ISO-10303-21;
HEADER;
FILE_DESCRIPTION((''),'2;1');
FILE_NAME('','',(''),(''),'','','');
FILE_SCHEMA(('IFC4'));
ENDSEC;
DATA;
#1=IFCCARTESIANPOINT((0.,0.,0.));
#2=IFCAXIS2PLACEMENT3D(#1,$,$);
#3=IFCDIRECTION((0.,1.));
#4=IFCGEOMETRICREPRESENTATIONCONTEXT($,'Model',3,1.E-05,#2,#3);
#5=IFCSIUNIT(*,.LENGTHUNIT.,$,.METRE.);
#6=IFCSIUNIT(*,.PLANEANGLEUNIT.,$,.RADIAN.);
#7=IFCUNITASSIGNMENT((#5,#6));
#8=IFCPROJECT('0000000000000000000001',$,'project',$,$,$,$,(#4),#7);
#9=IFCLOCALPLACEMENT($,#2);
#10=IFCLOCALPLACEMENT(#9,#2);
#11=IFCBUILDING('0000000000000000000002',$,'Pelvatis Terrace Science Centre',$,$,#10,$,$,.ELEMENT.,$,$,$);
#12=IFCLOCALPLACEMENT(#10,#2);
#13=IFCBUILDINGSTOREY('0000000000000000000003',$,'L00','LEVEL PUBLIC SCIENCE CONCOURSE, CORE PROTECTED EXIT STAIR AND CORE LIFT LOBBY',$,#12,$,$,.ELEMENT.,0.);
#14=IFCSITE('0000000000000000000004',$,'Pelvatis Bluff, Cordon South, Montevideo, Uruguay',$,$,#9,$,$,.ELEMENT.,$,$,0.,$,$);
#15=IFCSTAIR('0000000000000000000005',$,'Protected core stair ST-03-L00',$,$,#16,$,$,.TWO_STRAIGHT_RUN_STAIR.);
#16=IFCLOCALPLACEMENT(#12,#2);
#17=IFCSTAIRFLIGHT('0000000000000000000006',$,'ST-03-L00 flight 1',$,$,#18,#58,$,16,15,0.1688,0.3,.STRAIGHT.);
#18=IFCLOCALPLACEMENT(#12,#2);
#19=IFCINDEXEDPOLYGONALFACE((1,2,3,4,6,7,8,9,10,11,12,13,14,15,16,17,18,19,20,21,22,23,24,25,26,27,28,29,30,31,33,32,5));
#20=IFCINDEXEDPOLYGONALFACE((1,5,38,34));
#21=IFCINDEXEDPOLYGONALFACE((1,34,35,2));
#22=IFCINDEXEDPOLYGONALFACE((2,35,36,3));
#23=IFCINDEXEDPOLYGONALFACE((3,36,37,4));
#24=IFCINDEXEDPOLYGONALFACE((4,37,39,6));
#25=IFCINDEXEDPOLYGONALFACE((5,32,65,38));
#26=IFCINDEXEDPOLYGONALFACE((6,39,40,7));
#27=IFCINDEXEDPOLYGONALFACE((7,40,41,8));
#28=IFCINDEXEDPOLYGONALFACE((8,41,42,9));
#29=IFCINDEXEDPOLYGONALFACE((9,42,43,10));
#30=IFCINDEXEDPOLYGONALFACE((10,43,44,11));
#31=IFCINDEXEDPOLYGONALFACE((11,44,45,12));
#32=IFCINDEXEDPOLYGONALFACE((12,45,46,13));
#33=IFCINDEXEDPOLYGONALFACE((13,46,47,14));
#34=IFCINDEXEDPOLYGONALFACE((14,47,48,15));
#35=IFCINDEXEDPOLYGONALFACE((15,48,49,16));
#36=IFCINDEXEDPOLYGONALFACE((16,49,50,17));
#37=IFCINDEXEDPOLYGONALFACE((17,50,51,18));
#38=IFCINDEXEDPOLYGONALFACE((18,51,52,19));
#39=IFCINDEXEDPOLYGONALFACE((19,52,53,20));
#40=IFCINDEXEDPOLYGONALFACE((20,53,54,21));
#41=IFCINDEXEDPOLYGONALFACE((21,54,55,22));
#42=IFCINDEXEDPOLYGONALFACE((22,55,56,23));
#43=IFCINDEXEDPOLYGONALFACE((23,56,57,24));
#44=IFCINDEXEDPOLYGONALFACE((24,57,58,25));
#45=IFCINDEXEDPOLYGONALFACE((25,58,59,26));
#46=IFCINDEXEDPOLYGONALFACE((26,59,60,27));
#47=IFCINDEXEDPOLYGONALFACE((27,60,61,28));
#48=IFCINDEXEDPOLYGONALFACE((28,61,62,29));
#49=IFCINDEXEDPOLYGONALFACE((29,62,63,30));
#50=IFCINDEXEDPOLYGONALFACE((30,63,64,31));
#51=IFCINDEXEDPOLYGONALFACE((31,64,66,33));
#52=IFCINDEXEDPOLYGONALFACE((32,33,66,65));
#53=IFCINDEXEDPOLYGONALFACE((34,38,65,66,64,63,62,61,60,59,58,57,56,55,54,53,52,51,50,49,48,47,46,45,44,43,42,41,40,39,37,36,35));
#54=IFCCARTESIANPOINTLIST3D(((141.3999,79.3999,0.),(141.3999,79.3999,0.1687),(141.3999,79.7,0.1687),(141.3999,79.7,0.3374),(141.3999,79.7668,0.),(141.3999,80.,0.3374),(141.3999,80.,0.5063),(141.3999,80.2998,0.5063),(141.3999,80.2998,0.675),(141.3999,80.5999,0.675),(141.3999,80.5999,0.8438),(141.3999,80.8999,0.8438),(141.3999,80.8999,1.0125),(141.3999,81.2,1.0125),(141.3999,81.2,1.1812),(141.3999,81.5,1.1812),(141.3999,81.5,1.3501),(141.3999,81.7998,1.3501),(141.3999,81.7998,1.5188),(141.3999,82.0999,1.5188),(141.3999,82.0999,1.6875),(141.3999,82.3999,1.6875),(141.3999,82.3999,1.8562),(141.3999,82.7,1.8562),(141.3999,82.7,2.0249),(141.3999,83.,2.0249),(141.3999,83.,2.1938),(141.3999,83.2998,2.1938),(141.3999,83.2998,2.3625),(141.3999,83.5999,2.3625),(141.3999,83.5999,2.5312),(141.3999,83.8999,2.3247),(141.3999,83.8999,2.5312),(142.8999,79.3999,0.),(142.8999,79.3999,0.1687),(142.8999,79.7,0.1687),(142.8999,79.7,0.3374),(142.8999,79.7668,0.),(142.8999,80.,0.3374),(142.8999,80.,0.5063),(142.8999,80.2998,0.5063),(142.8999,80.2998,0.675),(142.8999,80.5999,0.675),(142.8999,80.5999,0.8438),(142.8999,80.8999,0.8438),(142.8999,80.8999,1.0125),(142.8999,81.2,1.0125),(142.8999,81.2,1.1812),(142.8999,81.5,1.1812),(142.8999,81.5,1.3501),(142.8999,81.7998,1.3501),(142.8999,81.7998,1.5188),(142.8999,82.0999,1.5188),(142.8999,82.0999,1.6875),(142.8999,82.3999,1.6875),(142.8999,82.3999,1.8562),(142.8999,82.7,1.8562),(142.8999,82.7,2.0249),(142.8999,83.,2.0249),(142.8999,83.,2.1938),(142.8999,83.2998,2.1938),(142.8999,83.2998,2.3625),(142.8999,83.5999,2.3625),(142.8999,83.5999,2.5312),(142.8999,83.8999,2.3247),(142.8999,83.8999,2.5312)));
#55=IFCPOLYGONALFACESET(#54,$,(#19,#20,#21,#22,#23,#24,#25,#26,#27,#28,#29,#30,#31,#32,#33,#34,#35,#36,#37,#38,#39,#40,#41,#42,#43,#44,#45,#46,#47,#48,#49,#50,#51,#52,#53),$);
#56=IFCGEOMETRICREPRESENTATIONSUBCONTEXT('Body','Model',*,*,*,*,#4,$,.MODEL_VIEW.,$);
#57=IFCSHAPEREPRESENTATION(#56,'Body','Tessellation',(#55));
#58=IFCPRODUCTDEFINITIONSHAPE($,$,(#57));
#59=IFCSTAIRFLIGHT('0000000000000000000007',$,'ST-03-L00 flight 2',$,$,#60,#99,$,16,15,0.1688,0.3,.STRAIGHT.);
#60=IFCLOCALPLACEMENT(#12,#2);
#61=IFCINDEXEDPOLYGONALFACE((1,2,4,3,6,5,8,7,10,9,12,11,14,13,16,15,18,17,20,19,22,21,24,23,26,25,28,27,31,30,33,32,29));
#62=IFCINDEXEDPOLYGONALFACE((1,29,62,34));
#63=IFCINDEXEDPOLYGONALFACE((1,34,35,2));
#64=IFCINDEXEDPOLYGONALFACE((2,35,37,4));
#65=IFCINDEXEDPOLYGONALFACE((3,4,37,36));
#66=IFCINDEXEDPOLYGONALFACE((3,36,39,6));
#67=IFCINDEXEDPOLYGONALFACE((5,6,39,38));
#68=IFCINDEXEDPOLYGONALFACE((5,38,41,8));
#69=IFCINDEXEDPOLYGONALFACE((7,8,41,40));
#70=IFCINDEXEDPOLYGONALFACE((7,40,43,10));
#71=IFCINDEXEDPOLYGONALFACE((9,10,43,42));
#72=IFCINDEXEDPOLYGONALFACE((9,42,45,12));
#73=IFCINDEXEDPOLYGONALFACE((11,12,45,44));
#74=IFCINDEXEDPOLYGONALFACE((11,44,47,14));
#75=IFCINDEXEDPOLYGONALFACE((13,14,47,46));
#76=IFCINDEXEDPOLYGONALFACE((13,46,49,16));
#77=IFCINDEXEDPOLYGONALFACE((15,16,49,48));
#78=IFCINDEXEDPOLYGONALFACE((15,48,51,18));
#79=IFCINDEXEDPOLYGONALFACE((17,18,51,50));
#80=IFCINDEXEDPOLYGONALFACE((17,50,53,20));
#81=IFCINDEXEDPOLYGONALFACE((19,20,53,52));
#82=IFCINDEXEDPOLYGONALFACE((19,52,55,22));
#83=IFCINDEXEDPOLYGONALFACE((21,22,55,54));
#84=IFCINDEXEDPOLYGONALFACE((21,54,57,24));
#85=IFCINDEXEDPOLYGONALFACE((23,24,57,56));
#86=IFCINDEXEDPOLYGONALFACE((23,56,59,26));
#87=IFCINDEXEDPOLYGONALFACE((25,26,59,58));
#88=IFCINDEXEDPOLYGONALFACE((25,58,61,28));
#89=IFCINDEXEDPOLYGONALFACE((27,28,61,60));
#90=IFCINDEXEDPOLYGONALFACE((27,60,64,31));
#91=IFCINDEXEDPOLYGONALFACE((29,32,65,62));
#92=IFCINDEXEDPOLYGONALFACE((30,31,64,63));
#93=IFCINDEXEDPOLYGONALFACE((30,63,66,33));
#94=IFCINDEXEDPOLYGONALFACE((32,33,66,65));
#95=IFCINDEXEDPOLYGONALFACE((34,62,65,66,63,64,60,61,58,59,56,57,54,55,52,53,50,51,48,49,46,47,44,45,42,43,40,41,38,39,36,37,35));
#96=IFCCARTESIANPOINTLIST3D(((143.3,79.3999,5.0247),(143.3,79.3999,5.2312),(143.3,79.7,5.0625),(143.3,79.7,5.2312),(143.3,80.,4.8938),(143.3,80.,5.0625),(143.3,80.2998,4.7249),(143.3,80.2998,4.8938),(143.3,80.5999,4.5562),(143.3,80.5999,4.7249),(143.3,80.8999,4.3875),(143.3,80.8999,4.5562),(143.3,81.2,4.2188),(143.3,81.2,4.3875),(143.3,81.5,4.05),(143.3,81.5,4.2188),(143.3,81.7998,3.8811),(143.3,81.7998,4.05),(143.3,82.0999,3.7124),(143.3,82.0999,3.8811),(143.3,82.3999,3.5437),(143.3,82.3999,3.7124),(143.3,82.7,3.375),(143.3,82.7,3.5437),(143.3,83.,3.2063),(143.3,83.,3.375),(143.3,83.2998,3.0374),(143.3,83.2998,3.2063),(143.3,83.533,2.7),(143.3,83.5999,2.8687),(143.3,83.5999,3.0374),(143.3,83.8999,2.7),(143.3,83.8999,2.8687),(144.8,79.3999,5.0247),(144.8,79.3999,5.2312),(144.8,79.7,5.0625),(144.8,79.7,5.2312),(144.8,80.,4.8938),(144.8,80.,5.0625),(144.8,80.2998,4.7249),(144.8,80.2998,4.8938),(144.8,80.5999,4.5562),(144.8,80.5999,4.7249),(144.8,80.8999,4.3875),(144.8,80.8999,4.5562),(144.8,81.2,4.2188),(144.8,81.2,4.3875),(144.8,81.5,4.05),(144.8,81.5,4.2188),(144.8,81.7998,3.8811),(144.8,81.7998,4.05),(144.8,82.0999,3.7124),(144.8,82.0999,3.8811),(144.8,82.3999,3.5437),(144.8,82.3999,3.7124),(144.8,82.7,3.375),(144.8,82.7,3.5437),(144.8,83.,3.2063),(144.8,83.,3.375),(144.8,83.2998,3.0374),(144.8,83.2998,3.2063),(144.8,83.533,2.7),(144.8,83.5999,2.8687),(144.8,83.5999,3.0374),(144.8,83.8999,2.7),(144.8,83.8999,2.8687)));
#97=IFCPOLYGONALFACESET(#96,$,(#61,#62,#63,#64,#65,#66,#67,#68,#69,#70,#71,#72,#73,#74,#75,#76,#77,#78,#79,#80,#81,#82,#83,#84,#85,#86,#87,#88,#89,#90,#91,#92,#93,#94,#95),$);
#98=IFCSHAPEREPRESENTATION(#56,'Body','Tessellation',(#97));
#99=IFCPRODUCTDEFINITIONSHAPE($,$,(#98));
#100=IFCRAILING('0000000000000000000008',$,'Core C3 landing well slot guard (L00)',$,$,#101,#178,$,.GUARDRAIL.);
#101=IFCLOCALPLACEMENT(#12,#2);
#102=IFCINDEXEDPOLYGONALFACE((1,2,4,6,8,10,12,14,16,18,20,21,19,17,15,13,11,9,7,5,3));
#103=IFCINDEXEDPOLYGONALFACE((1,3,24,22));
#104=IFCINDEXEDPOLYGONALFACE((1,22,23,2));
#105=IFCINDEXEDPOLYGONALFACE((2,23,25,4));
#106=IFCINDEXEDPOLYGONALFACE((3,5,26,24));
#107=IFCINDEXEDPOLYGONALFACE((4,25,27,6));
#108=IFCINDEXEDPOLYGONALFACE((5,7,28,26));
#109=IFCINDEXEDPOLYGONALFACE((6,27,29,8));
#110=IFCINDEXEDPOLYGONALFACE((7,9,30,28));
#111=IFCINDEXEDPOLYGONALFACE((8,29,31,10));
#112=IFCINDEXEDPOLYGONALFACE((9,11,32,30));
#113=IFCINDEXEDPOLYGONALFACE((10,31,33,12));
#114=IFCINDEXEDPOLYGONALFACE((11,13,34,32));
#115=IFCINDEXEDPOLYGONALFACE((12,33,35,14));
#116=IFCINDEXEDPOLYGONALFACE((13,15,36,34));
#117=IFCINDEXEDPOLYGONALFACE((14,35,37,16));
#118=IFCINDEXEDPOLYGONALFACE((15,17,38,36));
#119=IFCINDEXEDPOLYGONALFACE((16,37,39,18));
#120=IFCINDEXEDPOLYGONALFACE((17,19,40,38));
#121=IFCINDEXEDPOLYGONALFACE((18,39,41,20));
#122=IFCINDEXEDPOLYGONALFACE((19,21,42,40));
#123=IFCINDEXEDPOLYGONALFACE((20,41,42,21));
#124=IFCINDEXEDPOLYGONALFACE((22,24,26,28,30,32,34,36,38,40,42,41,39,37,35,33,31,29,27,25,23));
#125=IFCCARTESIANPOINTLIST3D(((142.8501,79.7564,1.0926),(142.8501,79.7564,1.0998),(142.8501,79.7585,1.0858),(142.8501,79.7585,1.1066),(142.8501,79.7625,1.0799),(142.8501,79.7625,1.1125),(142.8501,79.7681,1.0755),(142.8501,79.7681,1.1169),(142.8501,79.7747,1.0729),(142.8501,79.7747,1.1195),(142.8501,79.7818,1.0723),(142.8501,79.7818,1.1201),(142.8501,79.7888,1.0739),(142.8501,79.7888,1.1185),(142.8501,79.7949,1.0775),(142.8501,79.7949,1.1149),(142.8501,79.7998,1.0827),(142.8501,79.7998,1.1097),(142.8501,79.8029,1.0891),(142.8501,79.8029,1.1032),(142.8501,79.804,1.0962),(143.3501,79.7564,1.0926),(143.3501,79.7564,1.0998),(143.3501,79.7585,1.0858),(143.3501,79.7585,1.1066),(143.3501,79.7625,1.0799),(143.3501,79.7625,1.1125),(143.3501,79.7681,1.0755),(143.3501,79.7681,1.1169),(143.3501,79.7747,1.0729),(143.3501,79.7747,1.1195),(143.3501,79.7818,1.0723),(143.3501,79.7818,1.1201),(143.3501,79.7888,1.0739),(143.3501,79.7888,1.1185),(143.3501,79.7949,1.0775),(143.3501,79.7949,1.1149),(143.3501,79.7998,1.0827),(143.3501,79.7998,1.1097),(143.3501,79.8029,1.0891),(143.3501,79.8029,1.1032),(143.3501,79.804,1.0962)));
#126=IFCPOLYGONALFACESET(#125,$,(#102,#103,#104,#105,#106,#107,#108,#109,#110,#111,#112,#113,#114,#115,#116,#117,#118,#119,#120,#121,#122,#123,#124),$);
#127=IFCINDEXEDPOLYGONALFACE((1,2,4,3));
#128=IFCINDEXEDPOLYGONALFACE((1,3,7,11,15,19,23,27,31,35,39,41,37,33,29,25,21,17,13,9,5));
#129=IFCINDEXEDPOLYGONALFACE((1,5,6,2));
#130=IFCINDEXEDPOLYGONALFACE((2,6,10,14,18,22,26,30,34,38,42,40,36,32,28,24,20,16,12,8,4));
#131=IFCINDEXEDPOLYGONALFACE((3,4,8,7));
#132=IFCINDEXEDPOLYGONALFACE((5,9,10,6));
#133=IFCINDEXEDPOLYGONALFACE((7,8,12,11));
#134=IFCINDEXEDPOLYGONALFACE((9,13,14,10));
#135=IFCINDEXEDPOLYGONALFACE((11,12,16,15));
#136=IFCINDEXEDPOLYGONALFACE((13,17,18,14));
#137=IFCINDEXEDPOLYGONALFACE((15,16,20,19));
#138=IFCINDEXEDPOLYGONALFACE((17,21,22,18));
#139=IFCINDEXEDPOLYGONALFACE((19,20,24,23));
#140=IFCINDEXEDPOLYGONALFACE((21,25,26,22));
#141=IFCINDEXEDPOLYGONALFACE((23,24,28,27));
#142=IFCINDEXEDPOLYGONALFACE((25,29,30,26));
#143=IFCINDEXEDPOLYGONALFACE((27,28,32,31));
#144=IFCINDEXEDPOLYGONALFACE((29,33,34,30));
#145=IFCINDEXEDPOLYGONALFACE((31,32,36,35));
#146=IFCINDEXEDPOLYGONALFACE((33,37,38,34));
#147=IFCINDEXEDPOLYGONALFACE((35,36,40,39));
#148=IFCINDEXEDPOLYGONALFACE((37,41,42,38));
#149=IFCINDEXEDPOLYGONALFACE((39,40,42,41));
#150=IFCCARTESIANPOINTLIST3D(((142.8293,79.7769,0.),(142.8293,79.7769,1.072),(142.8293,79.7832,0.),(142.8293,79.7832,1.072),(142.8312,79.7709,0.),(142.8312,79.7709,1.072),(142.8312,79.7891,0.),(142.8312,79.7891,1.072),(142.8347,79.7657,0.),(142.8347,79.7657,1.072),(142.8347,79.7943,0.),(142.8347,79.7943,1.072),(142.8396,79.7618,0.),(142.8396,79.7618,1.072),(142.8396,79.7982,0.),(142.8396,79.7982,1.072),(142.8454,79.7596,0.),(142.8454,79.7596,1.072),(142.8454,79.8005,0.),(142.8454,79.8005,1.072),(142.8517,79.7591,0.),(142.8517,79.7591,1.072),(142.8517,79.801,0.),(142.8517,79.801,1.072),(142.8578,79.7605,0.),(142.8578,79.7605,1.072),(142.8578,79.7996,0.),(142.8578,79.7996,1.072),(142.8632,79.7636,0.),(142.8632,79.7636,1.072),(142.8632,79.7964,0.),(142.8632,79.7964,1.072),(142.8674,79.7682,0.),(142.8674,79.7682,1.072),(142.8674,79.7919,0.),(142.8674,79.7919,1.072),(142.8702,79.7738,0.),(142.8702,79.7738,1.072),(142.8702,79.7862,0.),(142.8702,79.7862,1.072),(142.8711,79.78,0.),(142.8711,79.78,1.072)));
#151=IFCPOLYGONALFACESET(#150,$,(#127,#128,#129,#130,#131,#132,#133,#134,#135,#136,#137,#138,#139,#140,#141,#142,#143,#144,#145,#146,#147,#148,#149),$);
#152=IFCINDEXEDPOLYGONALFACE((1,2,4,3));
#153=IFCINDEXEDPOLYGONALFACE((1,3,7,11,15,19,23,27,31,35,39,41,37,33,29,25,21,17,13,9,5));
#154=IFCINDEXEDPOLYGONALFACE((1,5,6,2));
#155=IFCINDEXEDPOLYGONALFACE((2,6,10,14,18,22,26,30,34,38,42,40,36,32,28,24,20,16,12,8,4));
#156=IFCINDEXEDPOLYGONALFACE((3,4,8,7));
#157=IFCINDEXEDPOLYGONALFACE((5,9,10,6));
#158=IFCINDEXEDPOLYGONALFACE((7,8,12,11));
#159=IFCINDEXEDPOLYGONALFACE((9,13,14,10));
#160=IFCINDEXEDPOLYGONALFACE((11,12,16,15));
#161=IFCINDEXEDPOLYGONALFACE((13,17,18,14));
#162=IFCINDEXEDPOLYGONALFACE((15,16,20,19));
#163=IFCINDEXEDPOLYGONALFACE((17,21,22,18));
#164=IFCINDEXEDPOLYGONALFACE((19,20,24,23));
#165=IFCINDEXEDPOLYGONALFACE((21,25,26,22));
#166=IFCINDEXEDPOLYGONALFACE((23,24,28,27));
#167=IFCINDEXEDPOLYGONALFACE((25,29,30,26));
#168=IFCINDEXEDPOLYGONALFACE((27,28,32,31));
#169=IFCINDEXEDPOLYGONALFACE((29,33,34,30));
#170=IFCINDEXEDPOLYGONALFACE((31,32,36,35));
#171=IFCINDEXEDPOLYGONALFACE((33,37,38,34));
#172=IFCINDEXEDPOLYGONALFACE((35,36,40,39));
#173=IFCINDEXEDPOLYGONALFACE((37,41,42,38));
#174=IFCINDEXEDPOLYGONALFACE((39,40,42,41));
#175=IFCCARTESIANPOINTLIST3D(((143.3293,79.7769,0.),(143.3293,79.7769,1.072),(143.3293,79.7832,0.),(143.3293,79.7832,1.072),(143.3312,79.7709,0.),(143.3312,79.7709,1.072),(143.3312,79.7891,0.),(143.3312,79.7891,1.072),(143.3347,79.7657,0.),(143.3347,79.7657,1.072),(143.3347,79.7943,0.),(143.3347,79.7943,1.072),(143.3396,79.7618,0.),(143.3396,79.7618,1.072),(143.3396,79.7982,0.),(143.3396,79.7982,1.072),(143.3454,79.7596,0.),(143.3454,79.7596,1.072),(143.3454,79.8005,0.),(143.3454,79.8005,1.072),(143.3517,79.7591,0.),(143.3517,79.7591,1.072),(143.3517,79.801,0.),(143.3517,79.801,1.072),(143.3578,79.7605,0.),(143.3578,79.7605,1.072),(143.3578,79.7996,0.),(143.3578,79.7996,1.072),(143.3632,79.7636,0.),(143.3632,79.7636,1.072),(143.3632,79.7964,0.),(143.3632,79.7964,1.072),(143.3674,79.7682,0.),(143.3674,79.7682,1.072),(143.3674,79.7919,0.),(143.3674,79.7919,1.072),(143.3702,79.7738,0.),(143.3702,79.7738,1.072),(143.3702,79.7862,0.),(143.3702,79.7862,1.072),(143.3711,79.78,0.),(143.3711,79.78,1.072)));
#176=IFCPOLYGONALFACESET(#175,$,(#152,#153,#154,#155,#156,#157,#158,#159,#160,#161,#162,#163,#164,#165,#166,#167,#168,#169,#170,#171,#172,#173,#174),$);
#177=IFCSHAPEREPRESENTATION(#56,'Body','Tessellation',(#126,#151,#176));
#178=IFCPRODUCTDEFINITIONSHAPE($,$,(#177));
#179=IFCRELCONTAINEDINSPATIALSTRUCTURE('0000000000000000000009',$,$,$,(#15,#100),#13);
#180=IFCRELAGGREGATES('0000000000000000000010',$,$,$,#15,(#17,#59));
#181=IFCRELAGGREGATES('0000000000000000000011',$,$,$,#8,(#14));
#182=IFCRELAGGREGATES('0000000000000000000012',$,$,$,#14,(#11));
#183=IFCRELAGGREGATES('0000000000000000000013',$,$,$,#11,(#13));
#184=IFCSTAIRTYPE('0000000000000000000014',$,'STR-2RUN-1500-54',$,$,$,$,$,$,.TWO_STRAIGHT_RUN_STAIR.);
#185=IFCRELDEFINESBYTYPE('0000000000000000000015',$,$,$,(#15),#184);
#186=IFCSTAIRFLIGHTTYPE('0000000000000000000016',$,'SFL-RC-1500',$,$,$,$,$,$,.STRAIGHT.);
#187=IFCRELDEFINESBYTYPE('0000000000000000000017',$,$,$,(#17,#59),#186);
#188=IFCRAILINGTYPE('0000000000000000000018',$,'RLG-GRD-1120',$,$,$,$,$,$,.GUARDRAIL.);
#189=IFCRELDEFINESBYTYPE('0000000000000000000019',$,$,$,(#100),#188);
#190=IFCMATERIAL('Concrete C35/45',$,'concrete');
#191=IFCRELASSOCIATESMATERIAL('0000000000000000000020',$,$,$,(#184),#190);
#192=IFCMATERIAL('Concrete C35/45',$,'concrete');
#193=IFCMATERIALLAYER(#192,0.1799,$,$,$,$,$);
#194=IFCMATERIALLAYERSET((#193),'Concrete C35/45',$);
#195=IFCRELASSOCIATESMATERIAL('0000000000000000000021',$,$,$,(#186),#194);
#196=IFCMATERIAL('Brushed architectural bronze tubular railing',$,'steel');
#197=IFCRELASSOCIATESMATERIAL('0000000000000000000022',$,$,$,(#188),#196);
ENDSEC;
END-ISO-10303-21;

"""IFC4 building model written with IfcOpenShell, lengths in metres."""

from ifc_helpers import new_model, si_unit, direction, frame, origin, origin_2d, place, context, subcontext, project, spatial, polyline, circle, outline, extrude, material, layer, layer_set, type_object, element, aggregate, save


model = new_model("IFC4")

# Units and contexts
model_context = context("Model", 3, precision=1e-05, world=origin(), true_north=direction((0.0, 1.0)))
body_context = subcontext(model_context, "Body", "Model", "MODEL_VIEW")
ifc_project = project(units=[si_unit("LENGTHUNIT", "METRE"), si_unit("PLANEANGLEUNIT", "RADIAN")], contexts=[model_context])

# Site, building, storey
site_placement = place(None, origin())
site = spatial("IfcSite", under=ifc_project, at=site_placement, Name="Pelvatis Bluff, Cordon South, Montevideo, Uruguay", CompositionType="ELEMENT", RefElevation=0.0)
building_placement = place(site_placement, origin())
building = spatial("IfcBuilding", under=site, at=building_placement, Name="Pelvatis Terrace Science Centre", CompositionType="ELEMENT")
storey_placement = place(building_placement, origin())
storey = spatial("IfcBuildingStorey", under=building, at=storey_placement, Name="L00", Description="LEVEL PUBLIC SCIENCE CONCOURSE, CORE PROTECTED EXIT STAIR AND CORE LIFT LOBBY", CompositionType="ELEMENT", Elevation=0.0)

# Stair, stair flights
ifc_material_1 = material(Name="Concrete C35/45", Category="concrete")
stair_type = type_object("IfcStairType", Name="STR-2RUN-1500-54", PredefinedType="TWO_STRAIGHT_RUN_STAIR", material=ifc_material_1)
stair_placement = place(storey_placement, origin())
stair = element("IfcStair", 1, at=stair_placement, inside=storey, type_object=stair_type, Name="Protected core stair ST-03-L00", PredefinedType="TWO_STRAIGHT_RUN_STAIR")
ifc_material_2 = material(Name="Concrete C35/45", Category="concrete")
ifc_layer_1 = layer(ifc_material_2, 0.1799)
ifc_layer_set_1 = layer_set([ifc_layer_1], Name="Concrete C35/45")
stair_flight_type = type_object("IfcStairFlightType", Name="SFL-RC-1500", PredefinedType="STRAIGHT", material=ifc_layer_set_1)
stair_flight_1_placement = place(storey_placement, frame((142.1499, 79.3999, 0.0), z_axis=(0.0, 0.0, 1.0), x_axis=(0.0, 1.0, 0.0)))
stair_flight_1 = element("IfcStairFlight", 2, at=stair_flight_1_placement, type_object=stair_flight_type, Name="ST-03-L00 flight 1", NumberOfRisers=16, NumberOfTreads=15, PredefinedType="STRAIGHT", RiserHeight=0.1688, TreadLength=0.3, context=body_context, shape_type="SweptSolid", body=[
    extrude(outline(polyline([(0.0, 0.0), (0.0, 0.1687), (0.3, 0.1687), (0.3, 0.3374), (0.6001, 0.3374), (0.6001, 0.5063), (0.8999, 0.5063), (0.8999, 0.675), (1.2, 0.675), (1.2, 0.8438), (1.5, 0.8438), (1.5, 1.0125), (1.8, 1.0125), (1.8, 1.1812), (2.1001, 1.1812), (2.1001, 1.3501), (2.3999, 1.3501), (2.3999, 1.5188), (2.7, 1.5188), (2.7, 1.6875), (3.0, 1.6875), (3.0, 1.8562), (3.3, 1.8562), (3.3, 2.0249), (3.6001, 2.0249), (3.6001, 2.1938), (3.8999, 2.1938), (3.8999, 2.3625), (4.2, 2.3625), (4.2, 2.5312), (4.5, 2.5312), (4.5, 2.7), (4.5, 2.3247), (0.3669, 0.0), (0.0, 0.0)])), frame((0.0, 0.75, 0.0), z_axis=(0.0, -1.0, 0.0), x_axis=(1.0, 0.0, 0.0)), (0.0, 0.0, 1.0), 1.5),
])
stair_flight_2_placement = place(storey_placement, frame((144.05, 83.8999, 2.7), z_axis=(0.0, 0.0, 1.0), x_axis=(0.0, -1.0, 0.0)))
stair_flight_2 = element("IfcStairFlight", 3, at=stair_flight_2_placement, type_object=stair_flight_type, Name="ST-03-L00 flight 2", NumberOfRisers=16, NumberOfTreads=15, PredefinedType="STRAIGHT", RiserHeight=0.1688, TreadLength=0.3, context=body_context, shape_type="SweptSolid", body=[
    extrude(outline(polyline([(0.0, 0.0), (0.0, 0.1687), (0.3, 0.1687), (0.3, 0.3374), (0.6001, 0.3374), (0.6001, 0.5063), (0.8999, 0.5063), (0.8999, 0.675), (1.2, 0.675), (1.2, 0.8438), (1.5, 0.8438), (1.5, 1.0125), (1.8, 1.0125), (1.8, 1.1812), (2.1001, 1.1812), (2.1001, 1.3501), (2.3999, 1.3501), (2.3999, 1.5188), (2.7, 1.5188), (2.7, 1.6875), (3.0, 1.6875), (3.0, 1.8562), (3.3, 1.8562), (3.3, 2.0249), (3.6001, 2.0249), (3.6001, 2.1938), (3.8999, 2.1938), (3.8999, 2.3625), (4.2, 2.3625), (4.2, 2.5312), (4.5, 2.5312), (4.5, 2.7), (4.5, 2.3247), (0.3669, 0.0), (0.0, 0.0)])), frame((0.0, 0.75, 0.0), z_axis=(0.0, -1.0, 0.0), x_axis=(1.0, 0.0, 0.0)), (0.0, 0.0, 1.0), 1.5),
])
aggregate(stair, [stair_flight_1, stair_flight_2])

# Railing
ifc_material_3 = material(Name="Brushed architectural bronze tubular railing", Category="steel")
railing_type_1 = type_object("IfcRailingType", Name="RLG-GRD-1120", PredefinedType="GUARDRAIL", material=ifc_material_3)
railing_1_placement = place(storey_placement, frame((142.8501, 79.78, 0.0)))
element("IfcRailing", 4, at=railing_1_placement, inside=storey, type_object=railing_type_1, Name="Core C3 landing well slot guard (L00)", PredefinedType="GUARDRAIL", context=body_context, shape_type="SweptSolid", body=[
    extrude(circle(Radius=0.0239, at=origin_2d()), frame((0.0, 0.0, 1.0962), z_axis=(1.0, 0.0, 0.0), x_axis=(0.0, 1.0, 0.0)), (0.0, 0.0, 1.0), 0.5),
    extrude(circle(Radius=0.021, at=origin_2d()), origin(), (0.0, 0.0, 1.0), 1.072),
    extrude(circle(Radius=0.021, at=origin_2d()), frame((0.5, 0.0, 0.0)), (0.0, 0.0, 1.0), 1.072),
])

save(model, "model.ifc")
